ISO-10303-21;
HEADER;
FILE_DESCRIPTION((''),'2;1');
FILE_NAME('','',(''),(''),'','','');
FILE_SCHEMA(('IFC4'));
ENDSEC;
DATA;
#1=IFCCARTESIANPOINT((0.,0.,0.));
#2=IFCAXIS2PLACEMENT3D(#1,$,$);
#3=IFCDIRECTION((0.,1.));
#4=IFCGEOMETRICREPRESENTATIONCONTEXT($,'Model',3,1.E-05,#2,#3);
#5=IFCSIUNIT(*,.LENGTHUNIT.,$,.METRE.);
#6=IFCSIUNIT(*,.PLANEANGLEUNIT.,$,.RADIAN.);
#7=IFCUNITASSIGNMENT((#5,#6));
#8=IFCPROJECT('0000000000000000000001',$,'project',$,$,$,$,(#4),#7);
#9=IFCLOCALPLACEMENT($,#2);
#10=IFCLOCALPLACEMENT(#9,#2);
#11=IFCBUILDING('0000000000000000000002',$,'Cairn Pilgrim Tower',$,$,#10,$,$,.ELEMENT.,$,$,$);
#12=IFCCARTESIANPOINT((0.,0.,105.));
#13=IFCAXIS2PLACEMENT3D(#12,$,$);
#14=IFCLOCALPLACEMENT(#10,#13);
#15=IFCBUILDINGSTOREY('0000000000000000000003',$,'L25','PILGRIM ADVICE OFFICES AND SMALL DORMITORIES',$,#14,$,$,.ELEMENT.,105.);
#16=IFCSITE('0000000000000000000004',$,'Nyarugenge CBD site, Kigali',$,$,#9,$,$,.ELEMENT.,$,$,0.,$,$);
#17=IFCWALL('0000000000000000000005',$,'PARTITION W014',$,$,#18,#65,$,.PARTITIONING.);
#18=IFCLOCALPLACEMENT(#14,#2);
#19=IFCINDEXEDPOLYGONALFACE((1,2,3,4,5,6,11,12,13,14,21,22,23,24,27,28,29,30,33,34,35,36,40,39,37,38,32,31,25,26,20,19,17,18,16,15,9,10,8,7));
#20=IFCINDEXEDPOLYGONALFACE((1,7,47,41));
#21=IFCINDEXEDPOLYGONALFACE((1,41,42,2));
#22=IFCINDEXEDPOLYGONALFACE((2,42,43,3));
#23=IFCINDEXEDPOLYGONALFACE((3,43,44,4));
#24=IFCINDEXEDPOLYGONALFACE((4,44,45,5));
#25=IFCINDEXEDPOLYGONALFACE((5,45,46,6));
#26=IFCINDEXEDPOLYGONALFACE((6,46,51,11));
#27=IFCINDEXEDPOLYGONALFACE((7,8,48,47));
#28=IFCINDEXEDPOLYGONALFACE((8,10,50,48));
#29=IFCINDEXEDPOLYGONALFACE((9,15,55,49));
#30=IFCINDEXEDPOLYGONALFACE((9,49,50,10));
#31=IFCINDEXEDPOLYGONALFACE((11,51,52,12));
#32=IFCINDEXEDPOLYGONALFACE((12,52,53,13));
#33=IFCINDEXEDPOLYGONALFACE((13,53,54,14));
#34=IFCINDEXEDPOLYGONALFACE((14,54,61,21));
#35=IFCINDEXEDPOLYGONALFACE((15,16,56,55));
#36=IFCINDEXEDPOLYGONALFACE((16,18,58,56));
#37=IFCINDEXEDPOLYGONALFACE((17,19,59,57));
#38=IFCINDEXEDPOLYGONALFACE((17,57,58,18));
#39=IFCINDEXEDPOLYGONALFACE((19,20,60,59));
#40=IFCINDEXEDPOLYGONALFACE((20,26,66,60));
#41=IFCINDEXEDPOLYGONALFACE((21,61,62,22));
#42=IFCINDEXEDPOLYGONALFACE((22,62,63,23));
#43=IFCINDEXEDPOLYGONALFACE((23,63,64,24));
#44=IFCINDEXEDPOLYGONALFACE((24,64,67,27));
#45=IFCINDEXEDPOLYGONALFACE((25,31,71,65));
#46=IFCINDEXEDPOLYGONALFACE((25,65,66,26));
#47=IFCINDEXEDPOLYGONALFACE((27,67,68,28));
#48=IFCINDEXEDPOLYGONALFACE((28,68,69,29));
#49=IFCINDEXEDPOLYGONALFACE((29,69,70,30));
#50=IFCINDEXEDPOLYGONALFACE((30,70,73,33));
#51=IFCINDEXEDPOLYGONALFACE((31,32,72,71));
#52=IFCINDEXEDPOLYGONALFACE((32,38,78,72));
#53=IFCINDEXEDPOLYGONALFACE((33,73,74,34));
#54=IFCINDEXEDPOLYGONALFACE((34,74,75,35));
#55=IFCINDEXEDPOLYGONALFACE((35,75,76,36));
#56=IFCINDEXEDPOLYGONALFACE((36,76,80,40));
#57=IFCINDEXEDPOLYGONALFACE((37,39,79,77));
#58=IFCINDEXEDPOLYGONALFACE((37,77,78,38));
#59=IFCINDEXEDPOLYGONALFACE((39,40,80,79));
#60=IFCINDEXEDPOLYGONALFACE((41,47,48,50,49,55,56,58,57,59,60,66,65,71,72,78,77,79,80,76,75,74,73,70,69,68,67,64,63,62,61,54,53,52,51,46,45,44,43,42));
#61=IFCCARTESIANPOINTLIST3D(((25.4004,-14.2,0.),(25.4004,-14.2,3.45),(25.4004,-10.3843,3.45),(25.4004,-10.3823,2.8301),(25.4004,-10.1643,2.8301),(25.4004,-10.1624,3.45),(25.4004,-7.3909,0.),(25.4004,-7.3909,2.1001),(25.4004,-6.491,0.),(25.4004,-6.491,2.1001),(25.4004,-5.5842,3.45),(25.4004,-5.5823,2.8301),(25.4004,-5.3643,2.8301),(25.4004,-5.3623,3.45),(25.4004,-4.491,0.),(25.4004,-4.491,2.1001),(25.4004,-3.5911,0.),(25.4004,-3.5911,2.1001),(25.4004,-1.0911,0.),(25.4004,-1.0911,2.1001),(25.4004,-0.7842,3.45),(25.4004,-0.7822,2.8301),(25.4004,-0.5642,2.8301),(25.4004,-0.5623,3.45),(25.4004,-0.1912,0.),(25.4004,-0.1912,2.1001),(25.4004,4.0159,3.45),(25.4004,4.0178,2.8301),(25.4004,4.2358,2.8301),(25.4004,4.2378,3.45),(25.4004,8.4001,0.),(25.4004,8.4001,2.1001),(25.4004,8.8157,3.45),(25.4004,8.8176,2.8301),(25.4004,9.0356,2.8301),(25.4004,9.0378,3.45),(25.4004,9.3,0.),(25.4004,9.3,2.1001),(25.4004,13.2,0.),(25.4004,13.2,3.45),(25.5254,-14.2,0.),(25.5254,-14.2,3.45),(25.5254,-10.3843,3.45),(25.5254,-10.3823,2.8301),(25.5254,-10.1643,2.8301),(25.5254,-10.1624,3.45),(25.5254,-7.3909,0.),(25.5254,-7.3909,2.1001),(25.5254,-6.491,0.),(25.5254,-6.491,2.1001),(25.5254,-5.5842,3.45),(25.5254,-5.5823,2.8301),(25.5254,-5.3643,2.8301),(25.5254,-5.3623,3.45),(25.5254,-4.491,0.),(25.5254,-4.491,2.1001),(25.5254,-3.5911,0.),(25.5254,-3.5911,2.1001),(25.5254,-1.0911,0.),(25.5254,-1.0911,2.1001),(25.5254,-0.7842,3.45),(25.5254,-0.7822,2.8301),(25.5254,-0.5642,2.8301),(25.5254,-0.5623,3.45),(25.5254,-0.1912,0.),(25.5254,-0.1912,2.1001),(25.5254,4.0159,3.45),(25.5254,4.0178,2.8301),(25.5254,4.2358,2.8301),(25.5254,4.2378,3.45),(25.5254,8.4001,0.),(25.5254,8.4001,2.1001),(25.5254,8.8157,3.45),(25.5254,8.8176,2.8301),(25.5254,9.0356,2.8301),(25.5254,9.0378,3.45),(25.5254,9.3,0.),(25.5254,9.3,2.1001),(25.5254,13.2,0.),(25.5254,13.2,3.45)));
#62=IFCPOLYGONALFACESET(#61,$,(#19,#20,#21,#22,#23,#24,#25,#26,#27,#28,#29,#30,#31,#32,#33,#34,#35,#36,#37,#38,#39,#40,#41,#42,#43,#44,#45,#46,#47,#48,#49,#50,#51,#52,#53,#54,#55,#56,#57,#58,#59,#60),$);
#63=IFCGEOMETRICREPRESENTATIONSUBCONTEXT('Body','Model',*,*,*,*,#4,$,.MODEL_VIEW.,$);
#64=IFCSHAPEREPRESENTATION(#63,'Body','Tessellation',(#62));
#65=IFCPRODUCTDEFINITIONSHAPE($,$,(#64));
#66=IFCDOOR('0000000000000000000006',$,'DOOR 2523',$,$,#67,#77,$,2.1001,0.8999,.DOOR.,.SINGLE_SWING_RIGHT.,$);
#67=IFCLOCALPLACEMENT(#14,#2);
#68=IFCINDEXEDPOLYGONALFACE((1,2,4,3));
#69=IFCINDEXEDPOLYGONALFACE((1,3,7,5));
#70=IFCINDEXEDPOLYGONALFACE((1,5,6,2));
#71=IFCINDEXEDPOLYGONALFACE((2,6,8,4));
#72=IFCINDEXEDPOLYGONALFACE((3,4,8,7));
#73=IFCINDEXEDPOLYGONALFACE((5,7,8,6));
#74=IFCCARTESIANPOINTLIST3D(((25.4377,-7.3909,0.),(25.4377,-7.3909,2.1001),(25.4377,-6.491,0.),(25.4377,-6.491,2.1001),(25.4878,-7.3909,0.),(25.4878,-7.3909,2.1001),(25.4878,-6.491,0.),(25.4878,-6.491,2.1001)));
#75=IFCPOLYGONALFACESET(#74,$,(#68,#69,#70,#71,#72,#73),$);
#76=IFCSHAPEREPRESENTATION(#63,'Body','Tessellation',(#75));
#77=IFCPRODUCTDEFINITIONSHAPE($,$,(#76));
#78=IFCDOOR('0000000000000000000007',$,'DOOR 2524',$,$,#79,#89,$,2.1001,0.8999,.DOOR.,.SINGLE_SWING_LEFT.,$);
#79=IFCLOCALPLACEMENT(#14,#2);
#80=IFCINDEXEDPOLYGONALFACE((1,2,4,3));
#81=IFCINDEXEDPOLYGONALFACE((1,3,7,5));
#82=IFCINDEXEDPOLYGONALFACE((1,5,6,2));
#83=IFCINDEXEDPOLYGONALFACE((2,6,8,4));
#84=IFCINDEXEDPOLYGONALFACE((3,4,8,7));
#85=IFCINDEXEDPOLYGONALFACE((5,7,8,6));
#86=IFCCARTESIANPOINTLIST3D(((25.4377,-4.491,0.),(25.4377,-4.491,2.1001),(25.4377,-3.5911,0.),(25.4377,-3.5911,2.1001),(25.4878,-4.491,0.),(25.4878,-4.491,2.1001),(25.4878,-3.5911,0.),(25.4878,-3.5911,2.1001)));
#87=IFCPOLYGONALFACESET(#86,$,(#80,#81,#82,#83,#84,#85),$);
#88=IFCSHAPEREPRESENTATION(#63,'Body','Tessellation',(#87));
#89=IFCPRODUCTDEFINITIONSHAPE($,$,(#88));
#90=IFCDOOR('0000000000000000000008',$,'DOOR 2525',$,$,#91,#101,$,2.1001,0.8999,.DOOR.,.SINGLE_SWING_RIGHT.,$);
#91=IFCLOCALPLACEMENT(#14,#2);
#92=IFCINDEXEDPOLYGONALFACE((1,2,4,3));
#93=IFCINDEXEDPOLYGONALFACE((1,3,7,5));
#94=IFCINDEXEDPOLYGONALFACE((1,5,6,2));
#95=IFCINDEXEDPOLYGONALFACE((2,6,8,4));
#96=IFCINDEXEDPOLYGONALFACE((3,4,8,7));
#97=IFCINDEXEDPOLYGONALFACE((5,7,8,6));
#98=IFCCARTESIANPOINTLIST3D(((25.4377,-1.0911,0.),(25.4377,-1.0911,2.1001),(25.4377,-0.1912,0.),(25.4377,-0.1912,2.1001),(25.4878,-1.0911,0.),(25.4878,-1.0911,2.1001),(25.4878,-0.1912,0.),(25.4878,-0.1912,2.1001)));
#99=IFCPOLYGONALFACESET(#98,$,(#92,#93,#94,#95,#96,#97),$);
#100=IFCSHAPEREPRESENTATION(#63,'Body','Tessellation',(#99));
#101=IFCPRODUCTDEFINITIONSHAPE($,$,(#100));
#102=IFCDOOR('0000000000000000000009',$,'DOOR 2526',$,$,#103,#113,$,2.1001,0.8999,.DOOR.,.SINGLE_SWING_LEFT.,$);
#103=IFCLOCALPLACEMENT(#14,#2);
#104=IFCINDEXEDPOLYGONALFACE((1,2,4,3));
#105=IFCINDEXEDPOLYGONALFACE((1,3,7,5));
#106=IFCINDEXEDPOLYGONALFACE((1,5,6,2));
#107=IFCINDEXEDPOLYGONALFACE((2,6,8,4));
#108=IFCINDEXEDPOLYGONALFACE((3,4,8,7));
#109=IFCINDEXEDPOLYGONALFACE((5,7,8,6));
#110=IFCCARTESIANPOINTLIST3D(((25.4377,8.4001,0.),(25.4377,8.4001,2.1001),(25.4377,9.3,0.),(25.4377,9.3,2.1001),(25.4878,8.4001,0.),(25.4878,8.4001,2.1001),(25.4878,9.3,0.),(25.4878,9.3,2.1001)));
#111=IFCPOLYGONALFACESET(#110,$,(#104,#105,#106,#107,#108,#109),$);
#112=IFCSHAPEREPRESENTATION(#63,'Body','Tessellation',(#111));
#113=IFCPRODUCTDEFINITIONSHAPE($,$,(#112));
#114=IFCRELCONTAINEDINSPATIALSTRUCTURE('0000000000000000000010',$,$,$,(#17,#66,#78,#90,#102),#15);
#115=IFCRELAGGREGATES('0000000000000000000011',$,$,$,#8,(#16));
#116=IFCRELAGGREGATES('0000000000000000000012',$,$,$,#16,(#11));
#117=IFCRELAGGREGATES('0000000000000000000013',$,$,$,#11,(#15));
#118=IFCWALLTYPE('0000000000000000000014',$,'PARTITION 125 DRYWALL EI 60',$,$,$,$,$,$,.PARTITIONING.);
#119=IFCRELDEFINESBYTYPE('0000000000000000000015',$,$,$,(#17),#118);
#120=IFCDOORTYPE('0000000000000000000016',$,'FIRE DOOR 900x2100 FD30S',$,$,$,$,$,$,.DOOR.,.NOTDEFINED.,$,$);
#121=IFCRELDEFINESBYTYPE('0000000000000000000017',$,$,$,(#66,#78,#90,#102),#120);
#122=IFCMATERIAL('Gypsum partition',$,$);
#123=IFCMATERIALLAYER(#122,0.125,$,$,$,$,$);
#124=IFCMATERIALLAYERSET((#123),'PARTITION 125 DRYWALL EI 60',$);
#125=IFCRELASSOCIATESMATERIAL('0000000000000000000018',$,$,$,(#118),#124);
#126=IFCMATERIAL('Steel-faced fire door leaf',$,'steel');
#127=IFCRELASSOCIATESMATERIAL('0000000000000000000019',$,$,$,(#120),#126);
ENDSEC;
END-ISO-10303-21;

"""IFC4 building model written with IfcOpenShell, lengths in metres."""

from ifc_helpers import new_model, si_unit, direction, frame, frame_2d, origin, place, context, subcontext, project, spatial, polyline, rectangle, outline, extrude, material, layer, layer_set, type_object, element, fill, save


model = new_model("IFC4")

# Units and contexts
model_context = context("Model", 3, precision=1e-05, world=origin(), true_north=direction((0.0, 1.0)))
body_context = subcontext(model_context, "Body", "Model", "MODEL_VIEW")
ifc_project = project(units=[si_unit("LENGTHUNIT", "METRE"), si_unit("PLANEANGLEUNIT", "RADIAN")], contexts=[model_context])

# Site, building, storey
site_placement = place(None, origin())
site = spatial("IfcSite", under=ifc_project, at=site_placement, Name="Nyarugenge CBD site, Kigali", CompositionType="ELEMENT", RefElevation=0.0)
building_placement = place(site_placement, origin())
building = spatial("IfcBuilding", under=site, at=building_placement, Name="Cairn Pilgrim Tower", CompositionType="ELEMENT")
storey_placement = place(building_placement, frame((0.0, 0.0, 105.0)))
storey = spatial("IfcBuildingStorey", under=building, at=storey_placement, Name="L25", Description="PILGRIM ADVICE OFFICES AND SMALL DORMITORIES", CompositionType="ELEMENT", Elevation=105.0)

# Shared definitions
ifc_material_1 = material(Name="Gypsum partition")
ifc_layer_1 = layer(ifc_material_1, 0.125)
ifc_layer_set_1 = layer_set([ifc_layer_1], Name="PARTITION 125 DRYWALL EI 60")
wall_type = type_object("IfcWallType", Name="PARTITION 125 DRYWALL EI 60", PredefinedType="PARTITIONING", material=ifc_layer_set_1)

# Wall, openings, doors
wall_1_placement = place(storey_placement, frame((25.4629, -14.2, 0.0), z_axis=(0.0, 0.0, 1.0), x_axis=(0.0, 1.0, 0.0)))
wall_1 = element("IfcWall", 1, at=wall_1_placement, inside=storey, type_object=wall_type, Name="PARTITION W014", PredefinedType="PARTITIONING", context=body_context, shape_type="SweptSolid", body=[
    extrude(outline(polyline([(0.0, 0.0), (27.3999, 0.0), (27.3999, 3.45), (23.2378, 3.45), (23.2356, 2.8301), (23.0176, 2.8301), (23.0156, 3.45), (18.4377, 3.45), (18.4358, 2.8301), (18.2178, 2.8301), (18.2158, 3.45), (13.6377, 3.45), (13.6357, 2.8301), (13.4177, 2.8301), (13.4158, 3.45), (8.8376, 3.45), (8.8357, 2.8301), (8.6177, 2.8301), (8.6157, 3.45), (4.0376, 3.45), (4.0356, 2.8301), (3.8176, 2.8301), (3.8157, 3.45), (0.0, 3.45), (0.0, 0.0)])), frame((0.0, 0.0625, 0.0), z_axis=(0.0, -1.0, 0.0), x_axis=(1.0, 0.0, 0.0)), (0.0, 0.0, 1.0), 0.125),
])
opening_1_placement = place(wall_1_placement, frame((6.8091, 0.0, 0.0)))
opening_1 = element("IfcOpeningElement", 2, at=opening_1_placement, cuts=wall_1, PredefinedType="OPENING", context=body_context, shape_type="SweptSolid", body=[
    extrude(rectangle(XDim=0.8999, YDim=2.1001, at=frame_2d((0.45, 1.05))), frame((0.0, 0.0725, 0.0), z_axis=(0.0, -1.0, 0.0), x_axis=(1.0, 0.0, 0.0)), (0.0, 0.0, 1.0), 0.145),
])
opening_2_placement = place(wall_1_placement, frame((9.709, 0.0, 0.0)))
opening_2 = element("IfcOpeningElement", 3, at=opening_2_placement, cuts=wall_1, PredefinedType="OPENING", context=body_context, shape_type="SweptSolid", body=[
    extrude(rectangle(XDim=0.8999, YDim=2.1001, at=frame_2d((0.45, 1.05))), frame((0.0, 0.0725, 0.0), z_axis=(0.0, -1.0, 0.0), x_axis=(1.0, 0.0, 0.0)), (0.0, 0.0, 1.0), 0.145),
])
opening_3_placement = place(wall_1_placement, frame((13.1089, 0.0, 0.0)))
opening_3 = element("IfcOpeningElement", 4, at=opening_3_placement, cuts=wall_1, PredefinedType="OPENING", context=body_context, shape_type="SweptSolid", body=[
    extrude(rectangle(XDim=0.8999, YDim=2.1001, at=frame_2d((0.45, 1.05))), frame((0.0, 0.0725, 0.0), z_axis=(0.0, -1.0, 0.0), x_axis=(1.0, 0.0, 0.0)), (0.0, 0.0, 1.0), 0.145),
])
opening_4_placement = place(wall_1_placement, frame((22.6001, 0.0, 0.0)))
opening_4 = element("IfcOpeningElement", 5, at=opening_4_placement, cuts=wall_1, PredefinedType="OPENING", context=body_context, shape_type="SweptSolid", body=[
    extrude(rectangle(XDim=0.8999, YDim=2.1001, at=frame_2d((0.45, 1.05))), frame((0.0, 0.0725, 0.0), z_axis=(0.0, -1.0, 0.0), x_axis=(1.0, 0.0, 0.0)), (0.0, 0.0, 1.0), 0.145),
])
ifc_material_2 = material(Name="Steel-faced fire door leaf", Category="steel")
door_type = type_object("IfcDoorType", Name="FIRE DOOR 900x2100 FD30S", OperationType="NOTDEFINED", PredefinedType="DOOR", material=ifc_material_2)
door_1_placement = place(opening_1_placement, frame((0.8999, 0.0, 0.0), z_axis=(0.0, 0.0, 1.0), x_axis=(-1.0, 0.0, 0.0)))
door_1 = element("IfcDoor", 6, at=door_1_placement, inside=storey, type_object=door_type, Name="DOOR 2523", OperationType="SINGLE_SWING_RIGHT", OverallHeight=2.1001, OverallWidth=0.8999, PredefinedType="DOOR", context=body_context, shape_type="SweptSolid", body=[
    extrude(rectangle(XDim=0.8999, YDim=2.1001, at=frame_2d((0.45, 1.05))), frame((0.0, 0.0249, 0.0), z_axis=(0.0, -1.0, 0.0), x_axis=(1.0, 0.0, 0.0)), (0.0, 0.0, 1.0), 0.05),
])
fill(opening_1, door_1)
door_2_placement = place(opening_2_placement, frame((0.8999, 0.0, 0.0), z_axis=(0.0, 0.0, 1.0), x_axis=(-1.0, 0.0, 0.0)))
door_2 = element("IfcDoor", 7, at=door_2_placement, inside=storey, type_object=door_type, Name="DOOR 2524", OperationType="SINGLE_SWING_LEFT", OverallHeight=2.1001, OverallWidth=0.8999, PredefinedType="DOOR", context=body_context, shape_type="SweptSolid", body=[
    extrude(rectangle(XDim=0.8999, YDim=2.1001, at=frame_2d((0.45, 1.05))), frame((0.0, 0.0249, 0.0), z_axis=(0.0, -1.0, 0.0), x_axis=(1.0, 0.0, 0.0)), (0.0, 0.0, 1.0), 0.05),
])
fill(opening_2, door_2)
door_3_placement = place(opening_3_placement, frame((0.8999, 0.0, 0.0), z_axis=(0.0, 0.0, 1.0), x_axis=(-1.0, 0.0, 0.0)))
door_3 = element("IfcDoor", 8, at=door_3_placement, inside=storey, type_object=door_type, Name="DOOR 2525", OperationType="SINGLE_SWING_RIGHT", OverallHeight=2.1001, OverallWidth=0.8999, PredefinedType="DOOR", context=body_context, shape_type="SweptSolid", body=[
    extrude(rectangle(XDim=0.8999, YDim=2.1001, at=frame_2d((0.45, 1.05))), frame((0.0, 0.0249, 0.0), z_axis=(0.0, -1.0, 0.0), x_axis=(1.0, 0.0, 0.0)), (0.0, 0.0, 1.0), 0.05),
])
fill(opening_3, door_3)
door_4_placement = place(opening_4_placement, frame((0.8999, 0.0, 0.0), z_axis=(0.0, 0.0, 1.0), x_axis=(-1.0, 0.0, 0.0)))
door_4 = element("IfcDoor", 9, at=door_4_placement, inside=storey, type_object=door_type, Name="DOOR 2526", OperationType="SINGLE_SWING_LEFT", OverallHeight=2.1001, OverallWidth=0.8999, PredefinedType="DOOR", context=body_context, shape_type="SweptSolid", body=[
    extrude(rectangle(XDim=0.8999, YDim=2.1001, at=frame_2d((0.45, 1.05))), frame((0.0, 0.0249, 0.0), z_axis=(0.0, -1.0, 0.0), x_axis=(1.0, 0.0, 0.0)), (0.0, 0.0, 1.0), 0.05),
])
fill(opening_4, door_4)

save(model, "model.ifc")
